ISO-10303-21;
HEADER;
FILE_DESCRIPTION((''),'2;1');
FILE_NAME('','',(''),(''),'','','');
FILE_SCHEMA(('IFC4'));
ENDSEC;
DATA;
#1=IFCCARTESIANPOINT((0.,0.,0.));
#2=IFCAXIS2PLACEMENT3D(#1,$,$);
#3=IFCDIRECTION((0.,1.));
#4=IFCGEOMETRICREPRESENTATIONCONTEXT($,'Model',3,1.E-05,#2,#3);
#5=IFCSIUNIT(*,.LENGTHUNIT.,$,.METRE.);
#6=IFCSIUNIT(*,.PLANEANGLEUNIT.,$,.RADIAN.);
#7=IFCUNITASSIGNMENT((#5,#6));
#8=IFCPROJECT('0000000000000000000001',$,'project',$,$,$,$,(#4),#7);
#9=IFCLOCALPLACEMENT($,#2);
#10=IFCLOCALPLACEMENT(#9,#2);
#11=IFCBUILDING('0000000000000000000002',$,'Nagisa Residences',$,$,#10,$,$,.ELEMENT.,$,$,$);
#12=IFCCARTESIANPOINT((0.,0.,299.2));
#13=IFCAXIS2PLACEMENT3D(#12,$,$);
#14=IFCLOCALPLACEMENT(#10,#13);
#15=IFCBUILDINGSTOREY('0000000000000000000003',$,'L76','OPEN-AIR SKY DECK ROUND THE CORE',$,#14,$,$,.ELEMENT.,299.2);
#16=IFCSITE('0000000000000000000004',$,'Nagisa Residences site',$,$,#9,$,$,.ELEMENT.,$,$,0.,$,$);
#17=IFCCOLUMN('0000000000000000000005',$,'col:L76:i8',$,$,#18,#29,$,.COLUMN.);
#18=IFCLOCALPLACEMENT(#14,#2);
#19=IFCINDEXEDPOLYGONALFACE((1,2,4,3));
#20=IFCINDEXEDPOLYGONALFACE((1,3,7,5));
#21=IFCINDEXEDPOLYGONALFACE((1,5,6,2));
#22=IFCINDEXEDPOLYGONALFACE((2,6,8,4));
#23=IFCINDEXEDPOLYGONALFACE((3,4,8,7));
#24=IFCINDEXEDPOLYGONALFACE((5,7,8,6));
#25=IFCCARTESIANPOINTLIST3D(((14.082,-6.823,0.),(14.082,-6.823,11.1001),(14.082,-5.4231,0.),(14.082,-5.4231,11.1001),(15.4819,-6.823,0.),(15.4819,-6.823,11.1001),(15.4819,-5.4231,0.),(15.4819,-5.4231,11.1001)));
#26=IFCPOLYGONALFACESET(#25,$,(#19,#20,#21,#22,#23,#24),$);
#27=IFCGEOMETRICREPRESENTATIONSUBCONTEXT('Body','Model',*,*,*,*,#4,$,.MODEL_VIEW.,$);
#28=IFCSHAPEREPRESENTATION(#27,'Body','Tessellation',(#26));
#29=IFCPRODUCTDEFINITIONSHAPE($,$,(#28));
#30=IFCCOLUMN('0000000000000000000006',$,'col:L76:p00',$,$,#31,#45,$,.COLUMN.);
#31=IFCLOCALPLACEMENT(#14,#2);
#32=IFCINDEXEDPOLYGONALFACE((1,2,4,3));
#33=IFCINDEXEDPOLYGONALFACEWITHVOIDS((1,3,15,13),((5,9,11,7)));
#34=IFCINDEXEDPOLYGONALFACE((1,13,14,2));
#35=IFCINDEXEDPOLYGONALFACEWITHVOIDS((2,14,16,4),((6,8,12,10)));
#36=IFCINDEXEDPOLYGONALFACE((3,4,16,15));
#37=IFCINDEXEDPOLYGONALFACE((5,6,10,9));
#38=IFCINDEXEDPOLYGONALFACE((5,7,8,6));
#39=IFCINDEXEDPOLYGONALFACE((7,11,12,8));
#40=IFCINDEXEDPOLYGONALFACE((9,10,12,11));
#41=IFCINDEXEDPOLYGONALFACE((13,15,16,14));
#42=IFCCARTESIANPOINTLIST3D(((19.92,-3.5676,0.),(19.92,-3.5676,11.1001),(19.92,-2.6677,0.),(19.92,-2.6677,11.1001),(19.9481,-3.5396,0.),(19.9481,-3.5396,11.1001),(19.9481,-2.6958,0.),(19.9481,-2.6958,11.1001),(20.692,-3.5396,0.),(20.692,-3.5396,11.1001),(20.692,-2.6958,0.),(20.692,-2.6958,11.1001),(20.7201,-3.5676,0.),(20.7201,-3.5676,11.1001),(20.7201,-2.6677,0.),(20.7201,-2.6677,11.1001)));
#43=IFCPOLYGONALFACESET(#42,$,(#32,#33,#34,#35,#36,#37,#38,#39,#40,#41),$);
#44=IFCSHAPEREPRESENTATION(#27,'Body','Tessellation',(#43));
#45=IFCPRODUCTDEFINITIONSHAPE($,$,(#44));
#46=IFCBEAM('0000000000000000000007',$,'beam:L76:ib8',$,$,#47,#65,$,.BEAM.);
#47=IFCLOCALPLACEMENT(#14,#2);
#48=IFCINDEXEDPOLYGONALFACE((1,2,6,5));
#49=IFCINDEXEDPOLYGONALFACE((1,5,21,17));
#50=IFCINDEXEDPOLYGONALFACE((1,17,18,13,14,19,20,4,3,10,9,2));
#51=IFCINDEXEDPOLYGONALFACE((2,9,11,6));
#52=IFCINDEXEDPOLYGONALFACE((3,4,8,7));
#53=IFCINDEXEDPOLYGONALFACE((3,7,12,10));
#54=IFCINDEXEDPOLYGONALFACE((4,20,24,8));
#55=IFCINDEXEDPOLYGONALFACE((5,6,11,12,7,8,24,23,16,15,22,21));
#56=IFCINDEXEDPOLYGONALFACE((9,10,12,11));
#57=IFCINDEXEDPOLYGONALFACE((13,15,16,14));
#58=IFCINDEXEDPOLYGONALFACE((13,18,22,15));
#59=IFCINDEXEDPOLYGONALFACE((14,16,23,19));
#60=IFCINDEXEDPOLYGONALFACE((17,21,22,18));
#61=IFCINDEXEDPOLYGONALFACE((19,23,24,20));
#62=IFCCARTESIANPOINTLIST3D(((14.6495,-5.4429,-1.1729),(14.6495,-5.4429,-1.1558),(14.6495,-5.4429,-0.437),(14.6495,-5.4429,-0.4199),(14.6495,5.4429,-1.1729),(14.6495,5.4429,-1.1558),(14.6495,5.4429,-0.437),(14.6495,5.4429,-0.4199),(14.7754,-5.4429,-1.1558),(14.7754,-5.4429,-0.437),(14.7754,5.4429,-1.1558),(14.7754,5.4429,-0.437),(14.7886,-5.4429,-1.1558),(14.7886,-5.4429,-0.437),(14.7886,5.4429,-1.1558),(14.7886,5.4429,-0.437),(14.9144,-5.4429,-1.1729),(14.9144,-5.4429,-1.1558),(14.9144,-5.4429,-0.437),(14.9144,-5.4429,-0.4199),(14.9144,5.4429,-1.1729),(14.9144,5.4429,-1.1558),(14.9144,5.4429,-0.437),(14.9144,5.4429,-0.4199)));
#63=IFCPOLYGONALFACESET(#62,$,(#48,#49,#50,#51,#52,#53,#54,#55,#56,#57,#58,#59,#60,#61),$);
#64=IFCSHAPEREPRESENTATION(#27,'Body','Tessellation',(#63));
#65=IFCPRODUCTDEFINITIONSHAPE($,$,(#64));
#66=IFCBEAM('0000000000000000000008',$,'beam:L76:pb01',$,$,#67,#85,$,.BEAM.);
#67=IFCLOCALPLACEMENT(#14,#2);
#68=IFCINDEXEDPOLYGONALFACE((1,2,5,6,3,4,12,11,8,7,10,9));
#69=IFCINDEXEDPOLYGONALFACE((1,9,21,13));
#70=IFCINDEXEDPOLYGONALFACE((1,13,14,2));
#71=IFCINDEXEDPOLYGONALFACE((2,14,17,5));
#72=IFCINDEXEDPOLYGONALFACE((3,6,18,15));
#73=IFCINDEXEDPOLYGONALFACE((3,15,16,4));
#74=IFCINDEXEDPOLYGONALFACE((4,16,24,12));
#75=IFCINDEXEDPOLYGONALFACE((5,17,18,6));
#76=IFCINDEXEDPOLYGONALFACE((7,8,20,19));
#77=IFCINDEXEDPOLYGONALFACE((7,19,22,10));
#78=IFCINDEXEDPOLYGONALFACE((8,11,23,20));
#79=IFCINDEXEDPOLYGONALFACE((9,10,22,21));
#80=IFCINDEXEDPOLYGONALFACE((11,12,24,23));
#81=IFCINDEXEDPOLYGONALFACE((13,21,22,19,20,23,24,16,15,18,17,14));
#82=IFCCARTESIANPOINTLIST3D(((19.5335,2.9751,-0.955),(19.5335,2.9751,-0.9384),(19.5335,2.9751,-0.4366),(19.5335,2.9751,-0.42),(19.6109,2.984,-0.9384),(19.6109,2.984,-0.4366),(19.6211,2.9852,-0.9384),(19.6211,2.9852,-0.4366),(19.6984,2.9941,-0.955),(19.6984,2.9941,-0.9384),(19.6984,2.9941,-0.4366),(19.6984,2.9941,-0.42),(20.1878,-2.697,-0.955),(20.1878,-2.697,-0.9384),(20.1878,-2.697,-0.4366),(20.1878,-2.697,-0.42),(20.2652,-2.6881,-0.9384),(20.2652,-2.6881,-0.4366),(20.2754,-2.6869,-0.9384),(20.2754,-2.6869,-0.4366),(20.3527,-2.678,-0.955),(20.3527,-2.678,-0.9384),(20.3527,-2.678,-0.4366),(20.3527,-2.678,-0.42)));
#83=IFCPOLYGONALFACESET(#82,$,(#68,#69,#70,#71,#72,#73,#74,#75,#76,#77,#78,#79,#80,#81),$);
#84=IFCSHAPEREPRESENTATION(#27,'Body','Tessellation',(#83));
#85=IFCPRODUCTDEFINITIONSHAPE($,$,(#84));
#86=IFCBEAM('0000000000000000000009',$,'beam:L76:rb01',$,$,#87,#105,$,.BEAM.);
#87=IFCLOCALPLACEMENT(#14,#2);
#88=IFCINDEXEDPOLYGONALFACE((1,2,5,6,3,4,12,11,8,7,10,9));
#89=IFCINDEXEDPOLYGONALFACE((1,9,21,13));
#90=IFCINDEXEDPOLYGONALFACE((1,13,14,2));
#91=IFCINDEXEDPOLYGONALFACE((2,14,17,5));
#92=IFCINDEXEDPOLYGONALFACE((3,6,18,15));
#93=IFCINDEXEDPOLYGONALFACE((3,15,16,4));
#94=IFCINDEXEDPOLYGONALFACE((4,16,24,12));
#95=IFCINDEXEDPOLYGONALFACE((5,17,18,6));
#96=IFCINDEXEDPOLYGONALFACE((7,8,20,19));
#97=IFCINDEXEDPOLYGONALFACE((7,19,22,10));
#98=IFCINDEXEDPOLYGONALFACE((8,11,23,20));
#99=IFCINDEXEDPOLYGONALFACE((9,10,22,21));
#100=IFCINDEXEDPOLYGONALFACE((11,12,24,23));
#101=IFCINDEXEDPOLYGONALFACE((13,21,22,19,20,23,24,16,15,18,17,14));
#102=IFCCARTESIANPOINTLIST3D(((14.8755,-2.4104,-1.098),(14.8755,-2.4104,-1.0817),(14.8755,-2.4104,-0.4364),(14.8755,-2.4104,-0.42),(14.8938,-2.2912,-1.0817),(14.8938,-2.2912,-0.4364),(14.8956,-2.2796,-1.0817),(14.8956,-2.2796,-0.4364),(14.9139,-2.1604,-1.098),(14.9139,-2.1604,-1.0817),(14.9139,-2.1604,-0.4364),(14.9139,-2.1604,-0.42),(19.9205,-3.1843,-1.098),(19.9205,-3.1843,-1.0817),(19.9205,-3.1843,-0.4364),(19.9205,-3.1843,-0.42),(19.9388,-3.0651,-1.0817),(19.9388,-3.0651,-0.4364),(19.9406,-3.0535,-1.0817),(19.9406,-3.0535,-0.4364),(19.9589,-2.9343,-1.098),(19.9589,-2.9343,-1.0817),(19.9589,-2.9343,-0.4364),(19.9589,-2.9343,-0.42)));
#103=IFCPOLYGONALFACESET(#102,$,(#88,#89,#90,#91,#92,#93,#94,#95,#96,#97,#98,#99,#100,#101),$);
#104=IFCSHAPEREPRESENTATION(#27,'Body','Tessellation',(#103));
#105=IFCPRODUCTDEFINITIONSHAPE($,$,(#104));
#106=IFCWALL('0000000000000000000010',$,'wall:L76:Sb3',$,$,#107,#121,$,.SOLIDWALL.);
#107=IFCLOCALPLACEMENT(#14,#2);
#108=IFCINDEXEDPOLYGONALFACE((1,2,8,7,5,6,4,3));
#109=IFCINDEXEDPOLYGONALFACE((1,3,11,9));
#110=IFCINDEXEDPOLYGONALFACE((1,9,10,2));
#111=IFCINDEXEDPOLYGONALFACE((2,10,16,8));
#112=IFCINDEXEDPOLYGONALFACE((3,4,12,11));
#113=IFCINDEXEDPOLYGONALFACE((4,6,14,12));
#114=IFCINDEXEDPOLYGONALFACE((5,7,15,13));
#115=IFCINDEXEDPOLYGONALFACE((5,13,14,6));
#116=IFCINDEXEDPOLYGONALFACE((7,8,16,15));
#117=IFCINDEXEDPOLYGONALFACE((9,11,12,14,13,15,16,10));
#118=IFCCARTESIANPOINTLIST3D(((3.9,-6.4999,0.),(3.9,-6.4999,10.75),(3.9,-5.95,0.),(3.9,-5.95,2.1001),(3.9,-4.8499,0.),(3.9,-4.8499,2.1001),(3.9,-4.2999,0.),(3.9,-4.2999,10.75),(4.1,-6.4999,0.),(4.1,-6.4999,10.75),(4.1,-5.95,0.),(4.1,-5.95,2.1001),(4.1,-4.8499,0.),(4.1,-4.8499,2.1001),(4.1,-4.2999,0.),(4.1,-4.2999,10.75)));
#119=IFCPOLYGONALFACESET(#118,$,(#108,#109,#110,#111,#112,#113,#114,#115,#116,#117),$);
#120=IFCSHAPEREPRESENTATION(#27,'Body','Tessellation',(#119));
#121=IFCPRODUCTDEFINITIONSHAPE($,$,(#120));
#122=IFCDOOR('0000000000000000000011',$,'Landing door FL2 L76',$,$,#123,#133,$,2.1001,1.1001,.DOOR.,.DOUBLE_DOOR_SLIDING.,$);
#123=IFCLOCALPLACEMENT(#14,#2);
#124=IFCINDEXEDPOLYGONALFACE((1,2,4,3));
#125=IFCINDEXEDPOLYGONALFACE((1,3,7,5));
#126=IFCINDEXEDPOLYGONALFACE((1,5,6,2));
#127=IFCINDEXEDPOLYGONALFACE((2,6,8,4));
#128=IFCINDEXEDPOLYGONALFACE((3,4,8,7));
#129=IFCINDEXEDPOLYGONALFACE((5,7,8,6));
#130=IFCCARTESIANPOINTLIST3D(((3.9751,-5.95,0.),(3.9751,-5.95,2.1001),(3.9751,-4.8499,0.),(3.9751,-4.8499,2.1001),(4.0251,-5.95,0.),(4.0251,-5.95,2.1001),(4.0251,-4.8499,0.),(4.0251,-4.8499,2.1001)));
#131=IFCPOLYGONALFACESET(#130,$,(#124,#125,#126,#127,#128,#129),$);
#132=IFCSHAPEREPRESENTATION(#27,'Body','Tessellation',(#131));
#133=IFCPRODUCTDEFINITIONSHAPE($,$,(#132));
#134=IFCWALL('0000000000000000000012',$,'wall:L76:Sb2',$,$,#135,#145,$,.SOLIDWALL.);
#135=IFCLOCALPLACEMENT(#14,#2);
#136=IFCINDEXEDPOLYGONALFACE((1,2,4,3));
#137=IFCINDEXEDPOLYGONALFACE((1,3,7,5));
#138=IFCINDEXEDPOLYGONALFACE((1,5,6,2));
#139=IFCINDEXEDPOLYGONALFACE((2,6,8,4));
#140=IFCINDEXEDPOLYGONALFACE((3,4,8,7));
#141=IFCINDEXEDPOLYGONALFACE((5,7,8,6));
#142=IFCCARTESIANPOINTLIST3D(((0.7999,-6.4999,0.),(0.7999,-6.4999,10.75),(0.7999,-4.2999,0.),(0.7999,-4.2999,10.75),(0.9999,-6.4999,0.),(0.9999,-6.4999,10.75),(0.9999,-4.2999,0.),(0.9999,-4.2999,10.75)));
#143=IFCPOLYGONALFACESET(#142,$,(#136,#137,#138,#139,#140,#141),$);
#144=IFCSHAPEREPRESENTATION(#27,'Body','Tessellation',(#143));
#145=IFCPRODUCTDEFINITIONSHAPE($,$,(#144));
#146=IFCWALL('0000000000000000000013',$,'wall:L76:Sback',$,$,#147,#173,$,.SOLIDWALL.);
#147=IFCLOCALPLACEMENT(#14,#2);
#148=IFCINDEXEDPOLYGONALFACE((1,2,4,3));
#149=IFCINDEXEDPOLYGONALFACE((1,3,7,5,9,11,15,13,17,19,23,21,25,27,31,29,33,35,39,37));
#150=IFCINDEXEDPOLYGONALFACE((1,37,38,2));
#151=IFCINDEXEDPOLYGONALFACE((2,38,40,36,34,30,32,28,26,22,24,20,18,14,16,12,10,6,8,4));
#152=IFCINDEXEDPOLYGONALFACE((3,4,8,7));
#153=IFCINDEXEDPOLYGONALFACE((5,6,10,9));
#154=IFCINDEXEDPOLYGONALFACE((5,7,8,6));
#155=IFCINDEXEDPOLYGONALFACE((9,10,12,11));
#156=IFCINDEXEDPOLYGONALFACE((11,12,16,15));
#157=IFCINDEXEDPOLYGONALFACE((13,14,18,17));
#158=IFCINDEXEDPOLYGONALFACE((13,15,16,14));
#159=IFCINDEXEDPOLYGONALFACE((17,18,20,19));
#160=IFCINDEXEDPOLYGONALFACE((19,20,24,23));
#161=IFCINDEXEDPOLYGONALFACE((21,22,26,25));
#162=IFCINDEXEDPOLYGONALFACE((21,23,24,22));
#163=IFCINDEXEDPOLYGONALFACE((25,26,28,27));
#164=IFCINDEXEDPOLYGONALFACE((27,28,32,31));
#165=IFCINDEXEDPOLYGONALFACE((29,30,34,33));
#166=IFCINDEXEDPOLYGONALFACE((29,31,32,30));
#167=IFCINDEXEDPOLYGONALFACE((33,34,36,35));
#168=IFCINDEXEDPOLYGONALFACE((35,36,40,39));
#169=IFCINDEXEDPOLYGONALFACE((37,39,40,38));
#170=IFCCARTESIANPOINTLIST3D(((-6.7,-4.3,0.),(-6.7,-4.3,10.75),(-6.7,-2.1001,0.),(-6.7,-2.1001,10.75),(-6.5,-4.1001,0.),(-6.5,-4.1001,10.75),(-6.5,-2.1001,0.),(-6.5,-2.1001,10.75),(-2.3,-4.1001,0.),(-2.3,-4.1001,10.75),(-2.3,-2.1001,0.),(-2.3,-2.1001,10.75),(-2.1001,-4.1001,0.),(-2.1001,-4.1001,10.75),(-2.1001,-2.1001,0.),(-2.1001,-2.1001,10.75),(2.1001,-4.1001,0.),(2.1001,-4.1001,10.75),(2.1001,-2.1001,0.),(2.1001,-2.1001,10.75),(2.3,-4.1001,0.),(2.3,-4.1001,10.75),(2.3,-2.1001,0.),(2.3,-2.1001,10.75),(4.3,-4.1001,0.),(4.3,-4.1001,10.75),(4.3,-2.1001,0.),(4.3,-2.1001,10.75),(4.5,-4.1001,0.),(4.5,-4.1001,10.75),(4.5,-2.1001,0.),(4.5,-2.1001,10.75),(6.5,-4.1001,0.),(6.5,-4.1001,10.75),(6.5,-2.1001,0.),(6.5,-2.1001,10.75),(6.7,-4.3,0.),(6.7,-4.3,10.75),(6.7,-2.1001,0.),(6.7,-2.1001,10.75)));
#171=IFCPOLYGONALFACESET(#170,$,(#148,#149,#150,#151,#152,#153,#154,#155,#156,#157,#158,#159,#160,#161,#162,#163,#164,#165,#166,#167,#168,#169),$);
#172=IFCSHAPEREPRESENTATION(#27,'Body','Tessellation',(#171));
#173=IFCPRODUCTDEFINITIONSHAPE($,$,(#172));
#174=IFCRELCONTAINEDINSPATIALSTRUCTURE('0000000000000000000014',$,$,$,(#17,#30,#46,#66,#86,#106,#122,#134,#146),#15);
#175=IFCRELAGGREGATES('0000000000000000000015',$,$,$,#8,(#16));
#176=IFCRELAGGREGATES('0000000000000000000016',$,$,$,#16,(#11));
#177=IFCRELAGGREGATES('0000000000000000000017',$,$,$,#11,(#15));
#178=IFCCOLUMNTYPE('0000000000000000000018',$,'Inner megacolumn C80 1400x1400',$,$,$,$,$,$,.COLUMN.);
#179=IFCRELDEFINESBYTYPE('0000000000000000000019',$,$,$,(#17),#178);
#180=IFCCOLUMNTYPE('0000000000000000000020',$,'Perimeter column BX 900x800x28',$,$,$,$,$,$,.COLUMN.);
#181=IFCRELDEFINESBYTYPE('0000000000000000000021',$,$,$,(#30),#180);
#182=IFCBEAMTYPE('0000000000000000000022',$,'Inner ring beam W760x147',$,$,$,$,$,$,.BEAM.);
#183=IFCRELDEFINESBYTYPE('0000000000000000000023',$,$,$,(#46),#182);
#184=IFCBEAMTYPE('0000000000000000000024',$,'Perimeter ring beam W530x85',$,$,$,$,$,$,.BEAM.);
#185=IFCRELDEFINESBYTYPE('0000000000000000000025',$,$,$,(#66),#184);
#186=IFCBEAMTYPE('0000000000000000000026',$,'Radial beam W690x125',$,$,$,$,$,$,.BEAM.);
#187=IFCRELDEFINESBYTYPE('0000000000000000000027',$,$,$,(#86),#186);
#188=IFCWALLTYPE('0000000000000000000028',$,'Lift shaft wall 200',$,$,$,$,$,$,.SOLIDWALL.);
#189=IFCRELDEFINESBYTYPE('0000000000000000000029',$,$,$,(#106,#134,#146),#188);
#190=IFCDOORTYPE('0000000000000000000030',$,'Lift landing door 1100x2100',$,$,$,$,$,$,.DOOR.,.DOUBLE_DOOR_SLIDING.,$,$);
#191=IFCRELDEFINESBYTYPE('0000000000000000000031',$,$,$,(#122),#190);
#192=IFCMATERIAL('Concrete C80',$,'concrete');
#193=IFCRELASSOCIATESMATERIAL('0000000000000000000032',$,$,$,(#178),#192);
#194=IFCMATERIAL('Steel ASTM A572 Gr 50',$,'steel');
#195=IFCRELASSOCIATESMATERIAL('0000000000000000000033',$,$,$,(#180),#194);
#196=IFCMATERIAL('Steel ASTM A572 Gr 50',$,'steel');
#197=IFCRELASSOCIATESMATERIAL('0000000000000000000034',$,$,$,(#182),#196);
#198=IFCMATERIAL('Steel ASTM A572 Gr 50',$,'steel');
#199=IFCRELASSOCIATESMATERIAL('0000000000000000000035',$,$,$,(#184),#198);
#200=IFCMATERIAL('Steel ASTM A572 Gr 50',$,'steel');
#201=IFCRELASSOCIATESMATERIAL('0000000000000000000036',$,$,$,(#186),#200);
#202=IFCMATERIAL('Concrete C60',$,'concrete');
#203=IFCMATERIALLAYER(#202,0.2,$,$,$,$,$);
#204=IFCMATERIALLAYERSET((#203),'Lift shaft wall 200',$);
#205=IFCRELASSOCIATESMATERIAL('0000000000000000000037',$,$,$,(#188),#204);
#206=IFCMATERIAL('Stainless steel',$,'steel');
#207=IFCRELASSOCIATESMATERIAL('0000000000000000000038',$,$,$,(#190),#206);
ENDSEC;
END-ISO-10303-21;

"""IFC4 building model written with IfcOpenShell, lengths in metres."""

from ifc_helpers import new_model, si_unit, direction, frame, frame_2d, origin, origin_2d, place, context, subcontext, project, spatial, polyline, rectangle, hollow_rectangle, i_section, outline, extrude, material, layer, layer_set, material_profile, profile_set, type_object, element, fill, save


model = new_model("IFC4")

# Units and contexts
model_context = context("Model", 3, precision=1e-05, world=origin(), true_north=direction((0.0, 1.0)))
body_context = subcontext(model_context, "Body", "Model", "MODEL_VIEW")
ifc_project = project(units=[si_unit("LENGTHUNIT", "METRE"), si_unit("PLANEANGLEUNIT", "RADIAN")], contexts=[model_context])

# Site, building, storey
site_placement = place(None, origin())
site = spatial("IfcSite", under=ifc_project, at=site_placement, Name="Nagisa Residences site", CompositionType="ELEMENT", RefElevation=0.0)
building_placement = place(site_placement, origin())
building = spatial("IfcBuilding", under=site, at=building_placement, Name="Nagisa Residences", CompositionType="ELEMENT")
storey_placement = place(building_placement, frame((0.0, 0.0, 299.2)))
storey = spatial("IfcBuildingStorey", under=building, at=storey_placement, Name="L76", Description="OPEN-AIR SKY DECK ROUND THE CORE", CompositionType="ELEMENT", Elevation=299.2)

# Columns
ifc_material_1 = material(Name="Concrete C80", Category="concrete")
ifc_material_profile_1 = material_profile(ifc_material_1, rectangle(XDim=1.3999, YDim=1.3999, at=origin_2d()), Name="C80 1400x1400")
ifc_profile_set_1 = profile_set([ifc_material_profile_1], Name="Concrete C80")
column_type_1 = type_object("IfcColumnType", Name="Inner megacolumn C80 1400x1400", PredefinedType="COLUMN", material=ifc_profile_set_1)
column_1_placement = place(storey_placement, frame((14.782, -6.123, 0.0), z_axis=(0.0, 0.0, 1.0), x_axis=(1.0, 0.0, 0.0)))
element("IfcColumn", 1, at=column_1_placement, inside=storey, type_object=column_type_1, Name="col:L76:i8", PredefinedType="COLUMN", context=body_context, shape_type="SweptSolid", body=[
    extrude(rectangle(XDim=1.3999, YDim=1.3999, at=origin_2d()), origin(), (0.0, 0.0, 1.0), 11.1001),
])
ifc_material_2 = material(Name="Steel ASTM A572 Gr 50", Category="steel")
ifc_material_profile_2 = material_profile(ifc_material_2, hollow_rectangle(XDim=0.8999, YDim=0.8, WallThickness=0.0281, at=origin_2d()), Name="BX 900x800x28")
ifc_profile_set_2 = profile_set([ifc_material_profile_2], Name="Steel ASTM A572 Gr 50")
column_type_2 = type_object("IfcColumnType", Name="Perimeter column BX 900x800x28", PredefinedType="COLUMN", material=ifc_profile_set_2)
column_2_placement = place(storey_placement, frame((20.3201, -3.1177, 0.0), z_axis=(0.0, 0.0, 1.0), x_axis=(0.0, 1.0, 0.0)))
element("IfcColumn", 2, at=column_2_placement, inside=storey, type_object=column_type_2, Name="col:L76:p00", PredefinedType="COLUMN", context=body_context, shape_type="SweptSolid", body=[
    extrude(hollow_rectangle(XDim=0.8999, YDim=0.8, WallThickness=0.0281, at=origin_2d()), origin(), (0.0, 0.0, 1.0), 11.1001),
])

# Beams
ifc_material_3 = material(Name="Steel ASTM A572 Gr 50", Category="steel")
ifc_material_profile_3 = material_profile(ifc_material_3, i_section(OverallWidth=0.2649, OverallDepth=0.7529, WebThickness=0.0132, FlangeThickness=0.0171, at=origin_2d()), Name="W760x147")
ifc_profile_set_3 = profile_set([ifc_material_profile_3], Name="Steel ASTM A572 Gr 50")
beam_type_1 = type_object("IfcBeamType", Name="Inner ring beam W760x147", PredefinedType="BEAM", material=ifc_profile_set_3)
beam_1_placement = place(storey_placement, frame((14.782, -5.4429, -0.7964), z_axis=(0.0, 1.0, 0.0), x_axis=(-1.0, 0.0, 0.0)))
element("IfcBeam", 3, at=beam_1_placement, inside=storey, type_object=beam_type_1, Name="beam:L76:ib8", PredefinedType="BEAM", context=body_context, shape_type="SweptSolid", body=[
    extrude(i_section(OverallWidth=0.2649, OverallDepth=0.7529, WebThickness=0.0132, FlangeThickness=0.0171, at=origin_2d()), origin(), (0.0, 0.0, 1.0), 10.8857),
])
ifc_material_4 = material(Name="Steel ASTM A572 Gr 50", Category="steel")
ifc_material_profile_4 = material_profile(ifc_material_4, i_section(OverallWidth=0.166, OverallDepth=0.5349, WebThickness=0.0103, FlangeThickness=0.0166, at=origin_2d()), Name="W530x85")
ifc_profile_set_4 = profile_set([ifc_material_profile_4], Name="Steel ASTM A572 Gr 50")
beam_type_2 = type_object("IfcBeamType", Name="Perimeter ring beam W530x85", PredefinedType="BEAM", material=ifc_profile_set_4)
beam_2_placement = place(storey_placement, frame((20.2703, -2.6875, -0.6875), z_axis=(-0.114593, 0.993412, 0.0), x_axis=(-0.993412, -0.114593, 0.0)))
element("IfcBeam", 4, at=beam_2_placement, inside=storey, type_object=beam_type_2, Name="beam:L76:pb01", PredefinedType="BEAM", context=body_context, shape_type="SweptSolid", body=[
    extrude(i_section(OverallWidth=0.166, OverallDepth=0.5349, WebThickness=0.0103, FlangeThickness=0.0166, at=origin_2d()), origin(), (0.0, 0.0, 1.0), 5.7097),
])
ifc_material_5 = material(Name="Steel ASTM A572 Gr 50", Category="steel")
ifc_material_profile_5 = material_profile(ifc_material_5, i_section(OverallWidth=0.2529, OverallDepth=0.678, WebThickness=0.0117, FlangeThickness=0.0164, at=origin_2d()), Name="W690x125")
ifc_profile_set_5 = profile_set([ifc_material_profile_5], Name="Steel ASTM A572 Gr 50")
beam_type_3 = type_object("IfcBeamType", Name="Radial beam W690x125", PredefinedType="BEAM", material=ifc_profile_set_5)
beam_3_placement = place(storey_placement, frame((19.9397, -3.0593, -0.759), z_axis=(-0.988437, 0.151633, 0.0), x_axis=(-0.151633, -0.988437, 0.0)))
element("IfcBeam", 5, at=beam_3_placement, inside=storey, type_object=beam_type_3, Name="beam:L76:rb01", PredefinedType="BEAM", context=body_context, shape_type="SweptSolid", body=[
    extrude(i_section(OverallWidth=0.2529, OverallDepth=0.678, WebThickness=0.0117, FlangeThickness=0.0164, at=origin_2d()), origin(), (0.0, 0.0, 1.0), 5.104),
])

# Wall, opening, door
ifc_material_6 = material(Name="Concrete C60", Category="concrete")
ifc_layer = layer(ifc_material_6, 0.2)
ifc_layer_set = layer_set([ifc_layer], Name="Lift shaft wall 200")
wall_type = type_object("IfcWallType", Name="Lift shaft wall 200", PredefinedType="SOLIDWALL", material=ifc_layer_set)
wall_1_placement = place(storey_placement, frame((4.0, -6.5, 0.0), z_axis=(0.0, 0.0, 1.0), x_axis=(0.0, 1.0, 0.0)))
wall_1 = element("IfcWall", 6, at=wall_1_placement, inside=storey, type_object=wall_type, Name="wall:L76:Sb3", PredefinedType="SOLIDWALL", context=body_context, shape_type="SweptSolid", body=[
    extrude(rectangle(XDim=2.2, YDim=0.2, at=frame_2d((1.1001, 0.0))), origin(), (0.0, 0.0, 1.0), 10.75),
])
opening_placement = place(wall_1_placement, frame((0.55, 0.0, 0.0)))
opening = element("IfcOpeningElement", 7, at=opening_placement, cuts=wall_1, PredefinedType="OPENING", context=body_context, shape_type="SweptSolid", body=[
    extrude(rectangle(XDim=1.1001, YDim=2.1001, at=frame_2d((0.55, 1.05))), frame((0.0, 0.1099, 0.0), z_axis=(0.0, -1.0, 0.0), x_axis=(1.0, 0.0, 0.0)), (0.0, 0.0, 1.0), 0.22),
])
ifc_material_7 = material(Name="Stainless steel", Category="steel")
door_type = type_object("IfcDoorType", Name="Lift landing door 1100x2100", OperationType="DOUBLE_DOOR_SLIDING", PredefinedType="DOOR", material=ifc_material_7)
door_placement = place(opening_placement, origin())
door = element("IfcDoor", 8, at=door_placement, inside=storey, type_object=door_type, Name="Landing door FL2 L76", OperationType="DOUBLE_DOOR_SLIDING", OverallHeight=2.1001, OverallWidth=1.1001, PredefinedType="DOOR", context=body_context, shape_type="SweptSolid", body=[
    extrude(rectangle(XDim=1.1001, YDim=2.1001, at=frame_2d((0.55, 1.05))), frame((0.0, 0.0249, 0.0), z_axis=(0.0, -1.0, 0.0), x_axis=(1.0, 0.0, 0.0)), (0.0, 0.0, 1.0), 0.05),
])
fill(opening, door)

# Walls
wall_2_placement = place(storey_placement, frame((0.8999, -6.5, 0.0), z_axis=(0.0, 0.0, 1.0), x_axis=(0.0, 1.0, 0.0)))
element("IfcWall", 9, at=wall_2_placement, inside=storey, type_object=wall_type, Name="wall:L76:Sb2", PredefinedType="SOLIDWALL", context=body_context, shape_type="SweptSolid", body=[
    extrude(rectangle(XDim=2.2, YDim=0.2, at=frame_2d((1.1001, 0.0))), origin(), (0.0, 0.0, 1.0), 10.75),
])
wall_3_placement = place(storey_placement, origin())
element("IfcWall", 10, at=wall_3_placement, inside=storey, type_object=wall_type, Name="wall:L76:Sback", PredefinedType="SOLIDWALL", context=body_context, shape_type="SweptSolid", body=[
    extrude(outline(polyline([(-6.7, -2.1001), (-6.5, -2.1001), (-6.5, -4.1001), (-2.3, -4.1001), (-2.3, -2.1001), (-2.1001, -2.1001), (-2.1001, -4.1001), (2.1001, -4.1001), (2.1001, -2.1001), (2.3, -2.1001), (2.3, -4.1001), (4.3, -4.1001), (4.3, -2.1001), (4.5, -2.1001), (4.5, -4.1001), (6.5, -4.1001), (6.5, -2.1001), (6.7, -2.1001), (6.7, -4.3), (-6.7, -4.3), (-6.7, -2.1001)])), origin(), (0.0, 0.0, 1.0), 10.75),
])

save(model, "model.ifc")
